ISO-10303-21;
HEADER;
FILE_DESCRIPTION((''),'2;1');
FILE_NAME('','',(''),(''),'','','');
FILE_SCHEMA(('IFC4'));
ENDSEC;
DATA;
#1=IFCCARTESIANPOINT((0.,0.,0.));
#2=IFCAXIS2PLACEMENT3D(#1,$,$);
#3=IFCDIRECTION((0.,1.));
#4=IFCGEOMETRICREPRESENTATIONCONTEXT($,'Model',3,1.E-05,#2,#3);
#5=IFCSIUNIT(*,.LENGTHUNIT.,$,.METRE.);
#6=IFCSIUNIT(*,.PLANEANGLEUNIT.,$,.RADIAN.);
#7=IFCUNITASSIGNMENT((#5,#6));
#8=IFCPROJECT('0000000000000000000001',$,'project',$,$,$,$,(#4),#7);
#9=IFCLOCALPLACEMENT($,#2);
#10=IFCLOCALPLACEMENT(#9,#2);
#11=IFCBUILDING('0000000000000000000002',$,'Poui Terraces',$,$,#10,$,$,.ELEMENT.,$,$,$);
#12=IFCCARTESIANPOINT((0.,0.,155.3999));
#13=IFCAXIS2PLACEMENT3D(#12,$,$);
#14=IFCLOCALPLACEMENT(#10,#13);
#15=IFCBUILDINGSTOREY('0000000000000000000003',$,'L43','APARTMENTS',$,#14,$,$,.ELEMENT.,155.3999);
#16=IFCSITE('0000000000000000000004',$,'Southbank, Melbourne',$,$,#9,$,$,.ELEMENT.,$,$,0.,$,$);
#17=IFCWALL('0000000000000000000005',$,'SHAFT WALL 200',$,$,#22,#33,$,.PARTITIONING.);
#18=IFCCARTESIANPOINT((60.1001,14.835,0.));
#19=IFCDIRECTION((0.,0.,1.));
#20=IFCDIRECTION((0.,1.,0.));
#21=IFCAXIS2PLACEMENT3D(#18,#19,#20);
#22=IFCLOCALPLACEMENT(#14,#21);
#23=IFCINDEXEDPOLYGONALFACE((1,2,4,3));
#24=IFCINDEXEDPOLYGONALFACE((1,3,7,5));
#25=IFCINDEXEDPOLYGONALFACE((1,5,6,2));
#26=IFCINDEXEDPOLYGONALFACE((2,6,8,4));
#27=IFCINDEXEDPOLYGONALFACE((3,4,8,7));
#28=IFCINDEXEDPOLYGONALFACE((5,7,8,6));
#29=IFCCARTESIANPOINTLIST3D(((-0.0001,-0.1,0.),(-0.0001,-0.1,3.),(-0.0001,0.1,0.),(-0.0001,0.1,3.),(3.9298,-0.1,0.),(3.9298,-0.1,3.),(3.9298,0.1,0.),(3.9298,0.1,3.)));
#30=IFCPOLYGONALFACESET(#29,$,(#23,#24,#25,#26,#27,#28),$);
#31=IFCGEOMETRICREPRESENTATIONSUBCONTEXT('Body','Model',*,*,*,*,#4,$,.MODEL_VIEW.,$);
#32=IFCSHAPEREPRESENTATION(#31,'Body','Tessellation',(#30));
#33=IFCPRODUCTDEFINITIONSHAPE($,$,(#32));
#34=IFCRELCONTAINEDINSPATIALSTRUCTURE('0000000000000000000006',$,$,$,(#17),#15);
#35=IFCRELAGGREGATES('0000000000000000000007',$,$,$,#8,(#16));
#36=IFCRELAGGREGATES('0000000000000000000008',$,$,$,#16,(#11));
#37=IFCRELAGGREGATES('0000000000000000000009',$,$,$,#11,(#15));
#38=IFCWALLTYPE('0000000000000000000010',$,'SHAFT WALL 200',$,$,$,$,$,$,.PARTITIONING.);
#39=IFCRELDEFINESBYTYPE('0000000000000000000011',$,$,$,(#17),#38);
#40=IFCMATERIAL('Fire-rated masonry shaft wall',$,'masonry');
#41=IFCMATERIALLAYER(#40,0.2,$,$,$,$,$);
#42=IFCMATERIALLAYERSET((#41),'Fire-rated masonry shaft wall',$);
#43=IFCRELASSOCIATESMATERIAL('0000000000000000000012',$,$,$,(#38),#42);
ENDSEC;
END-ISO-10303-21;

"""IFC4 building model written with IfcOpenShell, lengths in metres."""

from ifc_helpers import new_model, si_unit, direction, frame, frame_2d, origin, place, context, subcontext, project, spatial, rectangle, extrude, material, layer, layer_set, type_object, element, save


model = new_model("IFC4")

# Units and contexts
model_context = context("Model", 3, precision=1e-05, world=origin(), true_north=direction((0.0, 1.0)))
body_context = subcontext(model_context, "Body", "Model", "MODEL_VIEW")
ifc_project = project(units=[si_unit("LENGTHUNIT", "METRE"), si_unit("PLANEANGLEUNIT", "RADIAN")], contexts=[model_context])

# Site, building, storey
site_placement = place(None, origin())
site = spatial("IfcSite", under=ifc_project, at=site_placement, Name="Southbank, Melbourne", CompositionType="ELEMENT", RefElevation=0.0)
building_placement = place(site_placement, origin())
building = spatial("IfcBuilding", under=site, at=building_placement, Name="Poui Terraces", CompositionType="ELEMENT")
storey_placement = place(building_placement, frame((0.0, 0.0, 155.3999)))
storey = spatial("IfcBuildingStorey", under=building, at=storey_placement, Name="L43", Description="APARTMENTS", CompositionType="ELEMENT", Elevation=155.3999)

# Wall
ifc_material_1 = material(Name="Fire-rated masonry shaft wall", Category="masonry")
ifc_layer_1 = layer(ifc_material_1, 0.2)
ifc_layer_set_1 = layer_set([ifc_layer_1], Name="Fire-rated masonry shaft wall")
wall_type_1 = type_object("IfcWallType", Name="SHAFT WALL 200", PredefinedType="PARTITIONING", material=ifc_layer_set_1)
wall_1_placement = place(storey_placement, frame((60.1001, 14.835, 0.0), z_axis=(0.0, 0.0, 1.0), x_axis=(0.0, 1.0, 0.0)))
element("IfcWall", 1, at=wall_1_placement, inside=storey, type_object=wall_type_1, Name="SHAFT WALL 200", PredefinedType="PARTITIONING", context=body_context, shape_type="SweptSolid", body=[
    extrude(rectangle(XDim=3.9299, YDim=0.2, at=frame_2d((1.9648, 0.0))), origin(), (0.0, 0.0, 1.0), 3.0),
])

save(model, "model.ifc")
